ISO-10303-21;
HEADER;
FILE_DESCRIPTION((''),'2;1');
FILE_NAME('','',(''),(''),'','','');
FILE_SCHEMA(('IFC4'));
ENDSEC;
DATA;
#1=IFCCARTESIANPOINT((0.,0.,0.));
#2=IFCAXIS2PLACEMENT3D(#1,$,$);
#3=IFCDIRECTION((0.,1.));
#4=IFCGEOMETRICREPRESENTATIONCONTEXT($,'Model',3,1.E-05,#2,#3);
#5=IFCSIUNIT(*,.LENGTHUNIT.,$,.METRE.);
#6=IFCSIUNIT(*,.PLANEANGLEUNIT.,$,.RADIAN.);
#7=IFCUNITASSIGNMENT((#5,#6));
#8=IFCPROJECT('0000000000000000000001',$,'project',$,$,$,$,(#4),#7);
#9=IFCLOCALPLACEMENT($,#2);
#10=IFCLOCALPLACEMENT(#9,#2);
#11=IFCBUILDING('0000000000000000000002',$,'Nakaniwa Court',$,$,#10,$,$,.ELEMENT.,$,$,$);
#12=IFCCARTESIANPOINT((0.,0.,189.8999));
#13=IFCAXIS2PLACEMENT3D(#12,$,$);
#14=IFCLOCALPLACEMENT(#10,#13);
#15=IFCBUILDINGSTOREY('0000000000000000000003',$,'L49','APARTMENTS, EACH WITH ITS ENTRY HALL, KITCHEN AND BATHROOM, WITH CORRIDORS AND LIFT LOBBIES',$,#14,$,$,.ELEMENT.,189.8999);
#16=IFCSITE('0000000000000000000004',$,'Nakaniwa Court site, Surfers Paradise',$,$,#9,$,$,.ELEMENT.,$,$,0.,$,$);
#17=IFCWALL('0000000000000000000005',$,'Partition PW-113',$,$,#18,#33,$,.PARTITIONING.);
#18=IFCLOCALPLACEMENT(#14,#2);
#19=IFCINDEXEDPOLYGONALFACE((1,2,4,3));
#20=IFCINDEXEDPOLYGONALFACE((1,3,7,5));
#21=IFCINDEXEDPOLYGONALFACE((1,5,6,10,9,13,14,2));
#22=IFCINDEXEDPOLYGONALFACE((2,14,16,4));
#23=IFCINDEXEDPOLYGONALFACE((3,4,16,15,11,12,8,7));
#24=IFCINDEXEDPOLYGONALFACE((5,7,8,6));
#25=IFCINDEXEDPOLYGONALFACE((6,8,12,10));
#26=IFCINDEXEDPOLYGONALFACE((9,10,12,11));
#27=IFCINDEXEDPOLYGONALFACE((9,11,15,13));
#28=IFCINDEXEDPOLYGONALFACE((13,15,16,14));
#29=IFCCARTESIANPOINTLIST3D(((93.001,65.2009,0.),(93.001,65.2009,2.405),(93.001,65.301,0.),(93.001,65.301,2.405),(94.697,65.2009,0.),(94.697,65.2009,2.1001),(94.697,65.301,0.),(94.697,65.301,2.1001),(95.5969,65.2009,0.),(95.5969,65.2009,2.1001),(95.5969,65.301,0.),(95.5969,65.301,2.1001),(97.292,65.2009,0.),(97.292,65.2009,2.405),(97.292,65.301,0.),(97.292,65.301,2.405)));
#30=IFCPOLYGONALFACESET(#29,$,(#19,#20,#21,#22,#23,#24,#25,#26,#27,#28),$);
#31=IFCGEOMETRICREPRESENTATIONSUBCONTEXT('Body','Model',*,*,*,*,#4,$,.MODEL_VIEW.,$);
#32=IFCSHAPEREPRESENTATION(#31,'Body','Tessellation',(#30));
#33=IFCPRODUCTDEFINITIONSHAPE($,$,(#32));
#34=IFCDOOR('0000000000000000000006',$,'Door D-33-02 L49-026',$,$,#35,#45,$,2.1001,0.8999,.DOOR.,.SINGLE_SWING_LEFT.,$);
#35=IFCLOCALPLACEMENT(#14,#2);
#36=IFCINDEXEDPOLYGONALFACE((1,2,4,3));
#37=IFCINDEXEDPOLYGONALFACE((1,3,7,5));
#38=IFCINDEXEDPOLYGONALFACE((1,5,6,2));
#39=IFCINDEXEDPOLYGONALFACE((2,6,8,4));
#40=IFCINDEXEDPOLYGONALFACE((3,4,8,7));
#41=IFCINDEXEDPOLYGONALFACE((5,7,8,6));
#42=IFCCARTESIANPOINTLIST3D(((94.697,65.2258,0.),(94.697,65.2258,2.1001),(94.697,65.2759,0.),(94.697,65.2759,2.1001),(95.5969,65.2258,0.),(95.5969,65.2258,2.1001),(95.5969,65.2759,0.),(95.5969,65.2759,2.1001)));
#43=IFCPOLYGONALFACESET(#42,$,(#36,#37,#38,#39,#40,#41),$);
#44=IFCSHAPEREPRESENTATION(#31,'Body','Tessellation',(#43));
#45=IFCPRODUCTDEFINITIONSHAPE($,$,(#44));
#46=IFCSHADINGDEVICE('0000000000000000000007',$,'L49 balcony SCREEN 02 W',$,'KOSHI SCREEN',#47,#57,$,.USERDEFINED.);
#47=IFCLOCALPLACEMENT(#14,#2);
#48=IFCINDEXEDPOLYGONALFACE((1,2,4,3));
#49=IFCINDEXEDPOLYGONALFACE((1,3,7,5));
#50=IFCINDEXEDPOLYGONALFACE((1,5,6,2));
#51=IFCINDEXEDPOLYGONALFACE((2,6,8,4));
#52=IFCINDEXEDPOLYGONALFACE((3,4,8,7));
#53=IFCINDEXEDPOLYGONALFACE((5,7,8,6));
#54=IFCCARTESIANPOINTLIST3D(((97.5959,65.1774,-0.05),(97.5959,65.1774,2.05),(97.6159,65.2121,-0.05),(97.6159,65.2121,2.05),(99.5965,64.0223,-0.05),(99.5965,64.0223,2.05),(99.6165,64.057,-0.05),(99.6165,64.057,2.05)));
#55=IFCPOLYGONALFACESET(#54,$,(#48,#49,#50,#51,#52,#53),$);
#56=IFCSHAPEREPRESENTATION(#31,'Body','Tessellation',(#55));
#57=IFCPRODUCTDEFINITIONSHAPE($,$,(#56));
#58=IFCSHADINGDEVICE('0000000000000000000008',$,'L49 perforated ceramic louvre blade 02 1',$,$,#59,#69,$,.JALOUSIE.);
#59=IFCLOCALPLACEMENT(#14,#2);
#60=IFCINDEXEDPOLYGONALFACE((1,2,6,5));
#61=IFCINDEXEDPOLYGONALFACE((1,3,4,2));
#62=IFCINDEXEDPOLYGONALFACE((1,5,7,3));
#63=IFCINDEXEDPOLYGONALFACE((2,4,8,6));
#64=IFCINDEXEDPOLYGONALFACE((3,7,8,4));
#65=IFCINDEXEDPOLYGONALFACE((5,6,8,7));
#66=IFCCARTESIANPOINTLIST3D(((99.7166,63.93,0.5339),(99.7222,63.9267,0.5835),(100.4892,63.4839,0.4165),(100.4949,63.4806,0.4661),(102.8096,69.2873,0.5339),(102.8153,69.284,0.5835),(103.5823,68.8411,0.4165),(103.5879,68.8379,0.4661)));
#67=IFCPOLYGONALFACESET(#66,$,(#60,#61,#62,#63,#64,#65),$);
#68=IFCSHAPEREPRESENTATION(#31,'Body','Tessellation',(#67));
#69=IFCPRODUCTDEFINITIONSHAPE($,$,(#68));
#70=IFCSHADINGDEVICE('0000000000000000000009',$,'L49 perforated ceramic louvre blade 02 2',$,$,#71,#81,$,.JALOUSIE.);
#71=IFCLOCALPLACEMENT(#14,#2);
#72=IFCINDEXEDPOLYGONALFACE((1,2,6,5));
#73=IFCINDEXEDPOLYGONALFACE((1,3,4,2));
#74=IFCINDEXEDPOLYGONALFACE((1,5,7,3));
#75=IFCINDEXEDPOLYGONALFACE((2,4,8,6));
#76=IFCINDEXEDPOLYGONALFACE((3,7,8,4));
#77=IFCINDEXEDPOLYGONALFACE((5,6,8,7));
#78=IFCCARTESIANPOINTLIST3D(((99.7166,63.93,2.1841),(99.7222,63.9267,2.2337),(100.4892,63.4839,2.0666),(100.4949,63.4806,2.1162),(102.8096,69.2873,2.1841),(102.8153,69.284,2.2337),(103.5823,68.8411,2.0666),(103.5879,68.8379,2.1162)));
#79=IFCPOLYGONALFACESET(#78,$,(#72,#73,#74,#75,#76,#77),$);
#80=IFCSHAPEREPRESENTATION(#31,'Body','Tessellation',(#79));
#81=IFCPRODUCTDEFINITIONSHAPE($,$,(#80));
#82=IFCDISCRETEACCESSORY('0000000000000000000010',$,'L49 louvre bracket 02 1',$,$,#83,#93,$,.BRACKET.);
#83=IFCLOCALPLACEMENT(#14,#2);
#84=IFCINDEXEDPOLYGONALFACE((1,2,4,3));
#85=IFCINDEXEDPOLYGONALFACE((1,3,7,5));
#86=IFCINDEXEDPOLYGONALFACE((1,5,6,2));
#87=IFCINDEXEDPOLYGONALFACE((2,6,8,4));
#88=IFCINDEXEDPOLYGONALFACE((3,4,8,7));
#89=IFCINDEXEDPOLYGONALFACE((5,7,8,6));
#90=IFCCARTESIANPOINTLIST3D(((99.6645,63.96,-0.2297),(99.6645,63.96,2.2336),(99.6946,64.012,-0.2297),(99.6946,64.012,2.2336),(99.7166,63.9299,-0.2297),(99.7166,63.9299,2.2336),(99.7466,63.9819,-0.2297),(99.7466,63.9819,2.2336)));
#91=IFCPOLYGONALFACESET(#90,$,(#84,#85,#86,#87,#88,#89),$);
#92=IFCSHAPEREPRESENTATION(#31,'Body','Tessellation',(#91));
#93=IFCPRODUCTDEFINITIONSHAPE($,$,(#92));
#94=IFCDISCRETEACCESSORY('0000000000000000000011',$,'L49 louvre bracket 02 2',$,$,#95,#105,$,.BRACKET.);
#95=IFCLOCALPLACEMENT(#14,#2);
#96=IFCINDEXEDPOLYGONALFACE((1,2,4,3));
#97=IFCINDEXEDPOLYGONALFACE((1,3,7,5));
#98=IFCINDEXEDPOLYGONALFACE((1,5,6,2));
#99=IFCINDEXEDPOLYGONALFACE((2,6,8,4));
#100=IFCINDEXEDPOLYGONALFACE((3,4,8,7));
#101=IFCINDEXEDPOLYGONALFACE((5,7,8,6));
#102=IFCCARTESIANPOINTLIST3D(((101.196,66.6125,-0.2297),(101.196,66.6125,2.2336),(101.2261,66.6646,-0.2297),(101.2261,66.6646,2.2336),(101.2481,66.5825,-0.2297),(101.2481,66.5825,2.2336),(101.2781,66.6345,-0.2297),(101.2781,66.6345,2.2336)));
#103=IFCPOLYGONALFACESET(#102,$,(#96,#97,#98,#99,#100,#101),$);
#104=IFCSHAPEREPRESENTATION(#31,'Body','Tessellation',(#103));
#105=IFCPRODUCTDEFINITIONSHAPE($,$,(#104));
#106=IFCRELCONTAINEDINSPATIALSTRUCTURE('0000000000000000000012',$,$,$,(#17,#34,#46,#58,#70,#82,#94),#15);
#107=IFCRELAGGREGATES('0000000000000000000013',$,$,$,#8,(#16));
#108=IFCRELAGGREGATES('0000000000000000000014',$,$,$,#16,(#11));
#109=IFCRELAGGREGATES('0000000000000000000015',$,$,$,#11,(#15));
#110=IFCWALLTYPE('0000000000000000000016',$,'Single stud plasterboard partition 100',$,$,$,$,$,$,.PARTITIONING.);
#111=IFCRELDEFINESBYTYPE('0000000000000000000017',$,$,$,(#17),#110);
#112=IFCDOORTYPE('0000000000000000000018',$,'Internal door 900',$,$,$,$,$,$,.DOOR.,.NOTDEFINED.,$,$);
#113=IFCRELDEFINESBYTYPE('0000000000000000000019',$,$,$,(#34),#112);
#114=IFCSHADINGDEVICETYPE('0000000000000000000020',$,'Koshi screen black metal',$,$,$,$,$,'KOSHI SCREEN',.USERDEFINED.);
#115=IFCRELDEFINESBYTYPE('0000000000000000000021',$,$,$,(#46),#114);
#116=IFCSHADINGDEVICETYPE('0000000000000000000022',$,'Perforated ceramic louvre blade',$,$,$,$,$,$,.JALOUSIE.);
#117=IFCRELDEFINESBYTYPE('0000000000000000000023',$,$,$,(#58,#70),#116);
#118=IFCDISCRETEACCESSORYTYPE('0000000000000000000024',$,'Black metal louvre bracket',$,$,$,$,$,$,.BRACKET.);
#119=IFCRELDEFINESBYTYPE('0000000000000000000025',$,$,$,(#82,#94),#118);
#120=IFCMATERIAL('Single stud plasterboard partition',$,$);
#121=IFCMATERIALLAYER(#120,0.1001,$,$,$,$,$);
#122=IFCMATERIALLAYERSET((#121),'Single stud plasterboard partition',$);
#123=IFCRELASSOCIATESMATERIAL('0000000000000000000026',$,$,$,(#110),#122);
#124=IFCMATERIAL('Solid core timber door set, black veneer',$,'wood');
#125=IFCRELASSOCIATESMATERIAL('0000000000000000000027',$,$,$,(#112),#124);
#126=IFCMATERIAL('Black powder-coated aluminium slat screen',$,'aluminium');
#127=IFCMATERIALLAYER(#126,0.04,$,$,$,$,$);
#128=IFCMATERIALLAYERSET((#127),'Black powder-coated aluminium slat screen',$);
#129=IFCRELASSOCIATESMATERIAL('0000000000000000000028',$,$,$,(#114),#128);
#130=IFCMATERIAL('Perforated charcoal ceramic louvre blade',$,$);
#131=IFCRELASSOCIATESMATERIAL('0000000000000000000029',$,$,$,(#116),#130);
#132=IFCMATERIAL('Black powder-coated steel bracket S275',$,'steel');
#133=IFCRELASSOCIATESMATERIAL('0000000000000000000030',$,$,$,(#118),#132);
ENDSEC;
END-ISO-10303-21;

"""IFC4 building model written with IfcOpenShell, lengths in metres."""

from ifc_helpers import new_model, si_unit, direction, frame, frame_2d, origin, origin_2d, place, context, subcontext, project, spatial, rectangle, extrude, material, layer, layer_set, material_profile, profile_set, type_object, element, fill, save


model = new_model("IFC4")

# Units and contexts
model_context = context("Model", 3, precision=1e-05, world=origin(), true_north=direction((0.0, 1.0)))
body_context = subcontext(model_context, "Body", "Model", "MODEL_VIEW")
ifc_project = project(units=[si_unit("LENGTHUNIT", "METRE"), si_unit("PLANEANGLEUNIT", "RADIAN")], contexts=[model_context])

# Site, building, storey
site_placement = place(None, origin())
site = spatial("IfcSite", under=ifc_project, at=site_placement, Name="Nakaniwa Court site, Surfers Paradise", CompositionType="ELEMENT", RefElevation=0.0)
building_placement = place(site_placement, origin())
building = spatial("IfcBuilding", under=site, at=building_placement, Name="Nakaniwa Court", CompositionType="ELEMENT")
storey_placement = place(building_placement, frame((0.0, 0.0, 189.8999)))
storey = spatial("IfcBuildingStorey", under=building, at=storey_placement, Name="L49", Description="APARTMENTS, EACH WITH ITS ENTRY HALL, KITCHEN AND BATHROOM, WITH CORRIDORS AND LIFT LOBBIES", CompositionType="ELEMENT", Elevation=189.8999)

# Shared definitions
ifc_material_1 = material(Name="Solid core timber door set, black veneer", Category="wood")

# Wall, opening, door
ifc_material_2 = material(Name="Single stud plasterboard partition")
ifc_layer_1 = layer(ifc_material_2, 0.1001)
ifc_layer_set_1 = layer_set([ifc_layer_1], Name="Single stud plasterboard partition")
wall_type_1 = type_object("IfcWallType", Name="Single stud plasterboard partition 100", PredefinedType="PARTITIONING", material=ifc_layer_set_1)
door_type_1 = type_object("IfcDoorType", Name="Internal door 900", OperationType="NOTDEFINED", PredefinedType="DOOR", material=ifc_material_1)
wall_1_placement = place(storey_placement, frame((93.001, 65.251, 0.0), z_axis=(0.0, 0.0, 1.0), x_axis=(1.0, 0.0, 0.0)))
wall_1 = element("IfcWall", 1, at=wall_1_placement, inside=storey, type_object=wall_type_1, Name="Partition PW-113", PredefinedType="PARTITIONING", context=body_context, shape_type="SweptSolid", body=[
    extrude(rectangle(XDim=4.291, YDim=0.1001, at=frame_2d((2.1455, 0.0))), origin(), (0.0, 0.0, 1.0), 2.405),
])
opening_1_placement = place(wall_1_placement, frame((1.696, 0.0, 0.0)))
opening_1 = element("IfcOpeningElement", 2, at=opening_1_placement, cuts=wall_1, PredefinedType="OPENING", context=body_context, shape_type="SweptSolid", body=[
    extrude(rectangle(XDim=0.8999, YDim=2.1001, at=frame_2d((0.45, 1.05))), frame((0.0, 0.0601, 0.0), z_axis=(0.0, -1.0, 0.0), x_axis=(1.0, 0.0, 0.0)), (0.0, 0.0, 1.0), 0.1201),
])
door_1_placement = place(opening_1_placement, origin())
door_1 = element("IfcDoor", 3, at=door_1_placement, inside=storey, type_object=door_type_1, Name="Door D-33-02 L49-026", OperationType="SINGLE_SWING_LEFT", OverallHeight=2.1001, OverallWidth=0.8999, PredefinedType="DOOR", context=body_context, shape_type="SweptSolid", body=[
    extrude(rectangle(XDim=0.8999, YDim=2.1001, at=frame_2d((0.45, 1.05))), frame((0.0, 0.0249, 0.0), z_axis=(0.0, -1.0, 0.0), x_axis=(1.0, 0.0, 0.0)), (0.0, 0.0, 1.0), 0.05),
])
fill(opening_1, door_1)

# Shading devices
ifc_material_3 = material(Name="Black powder-coated aluminium slat screen", Category="aluminium")
ifc_layer_2 = layer(ifc_material_3, 0.04)
ifc_layer_set_2 = layer_set([ifc_layer_2], Name="Black powder-coated aluminium slat screen")
shading_device_type_1 = type_object("IfcShadingDeviceType", Name="Koshi screen black metal", ElementType="KOSHI SCREEN", PredefinedType="USERDEFINED", material=ifc_layer_set_2)
shading_device_placement = place(storey_placement, frame((98.6062, 64.6172, -0.05), z_axis=(0.0, 0.0, 1.0), x_axis=(0.500017, 0.866016, 0.0)))
element("IfcShadingDevice", 4, at=shading_device_placement, inside=storey, type_object=shading_device_type_1, Name="L49 balcony SCREEN 02 W", ObjectType="KOSHI SCREEN", PredefinedType="USERDEFINED", context=body_context, shape_type="SweptSolid", body=[
    extrude(rectangle(XDim=0.04, YDim=2.3101, at=origin_2d()), origin(), (0.0, 0.0, 1.0), 2.1001),
])
ifc_material_4 = material(Name="Perforated charcoal ceramic louvre blade")
ifc_material_profile_1 = material_profile(ifc_material_4, rectangle(XDim=0.8999, YDim=0.05, at=origin_2d()), Name="Perforated ceramic louvre blade")
ifc_profile_set_1 = profile_set([ifc_material_profile_1], Name="Perforated charcoal ceramic louvre blade")
shading_device_type_2 = type_object("IfcShadingDeviceType", Name="Perforated ceramic louvre blade", PredefinedType="JALOUSIE", material=ifc_profile_set_1)
for number, where, z_axis, x_axis, name in (
    (5, (100.1057, 63.7053, 0.5), (0.500006, 0.866022, 0.0), (-0.858613, 0.495728, 0.130526), "L49 perforated ceramic louvre blade 02 1"),
    (6, (100.1057, 63.7053, 2.1501), (0.500006, 0.866022, 0.0), (-0.858613, 0.495728, 0.130526), "L49 perforated ceramic louvre blade 02 2"),
):
    element("IfcShadingDevice", number, at=place(storey_placement, frame(where, z_axis=z_axis, x_axis=x_axis)), inside=storey, type_object=shading_device_type_2, Name=name, PredefinedType="JALOUSIE", context=body_context, shape_type="SweptSolid", body=[
        extrude(rectangle(XDim=0.8999, YDim=0.05, at=origin_2d()), origin(), (0.0, 0.0, 1.0), 6.186),
    ])

# Discrete accessories
ifc_material_5 = material(Name="Black powder-coated steel bracket S275", Category="steel")
discrete_accessory_type = type_object("IfcDiscreteAccessoryType", Name="Black metal louvre bracket", PredefinedType="BRACKET", material=ifc_material_5)
for number, where, z_axis, x_axis, name in (
    (7, (99.7056, 63.9709, -0.2297), (0.0, 0.0, 1.0), (0.500017, 0.866016, 0.0), "L49 louvre bracket 02 1"),
    (8, (101.2371, 66.6235, -0.2297), (0.0, 0.0, 1.0), (0.500017, 0.866016, 0.0), "L49 louvre bracket 02 2"),
):
    element("IfcDiscreteAccessory", number, at=place(storey_placement, frame(where, z_axis=z_axis, x_axis=x_axis)), inside=storey, type_object=discrete_accessory_type, Name=name, PredefinedType="BRACKET", context=body_context, shape_type="SweptSolid", body=[
        extrude(rectangle(XDim=0.0601, YDim=0.0601, at=origin_2d()), origin(), (0.0, 0.0, 1.0), 2.4634),
    ])

save(model, "model.ifc")
